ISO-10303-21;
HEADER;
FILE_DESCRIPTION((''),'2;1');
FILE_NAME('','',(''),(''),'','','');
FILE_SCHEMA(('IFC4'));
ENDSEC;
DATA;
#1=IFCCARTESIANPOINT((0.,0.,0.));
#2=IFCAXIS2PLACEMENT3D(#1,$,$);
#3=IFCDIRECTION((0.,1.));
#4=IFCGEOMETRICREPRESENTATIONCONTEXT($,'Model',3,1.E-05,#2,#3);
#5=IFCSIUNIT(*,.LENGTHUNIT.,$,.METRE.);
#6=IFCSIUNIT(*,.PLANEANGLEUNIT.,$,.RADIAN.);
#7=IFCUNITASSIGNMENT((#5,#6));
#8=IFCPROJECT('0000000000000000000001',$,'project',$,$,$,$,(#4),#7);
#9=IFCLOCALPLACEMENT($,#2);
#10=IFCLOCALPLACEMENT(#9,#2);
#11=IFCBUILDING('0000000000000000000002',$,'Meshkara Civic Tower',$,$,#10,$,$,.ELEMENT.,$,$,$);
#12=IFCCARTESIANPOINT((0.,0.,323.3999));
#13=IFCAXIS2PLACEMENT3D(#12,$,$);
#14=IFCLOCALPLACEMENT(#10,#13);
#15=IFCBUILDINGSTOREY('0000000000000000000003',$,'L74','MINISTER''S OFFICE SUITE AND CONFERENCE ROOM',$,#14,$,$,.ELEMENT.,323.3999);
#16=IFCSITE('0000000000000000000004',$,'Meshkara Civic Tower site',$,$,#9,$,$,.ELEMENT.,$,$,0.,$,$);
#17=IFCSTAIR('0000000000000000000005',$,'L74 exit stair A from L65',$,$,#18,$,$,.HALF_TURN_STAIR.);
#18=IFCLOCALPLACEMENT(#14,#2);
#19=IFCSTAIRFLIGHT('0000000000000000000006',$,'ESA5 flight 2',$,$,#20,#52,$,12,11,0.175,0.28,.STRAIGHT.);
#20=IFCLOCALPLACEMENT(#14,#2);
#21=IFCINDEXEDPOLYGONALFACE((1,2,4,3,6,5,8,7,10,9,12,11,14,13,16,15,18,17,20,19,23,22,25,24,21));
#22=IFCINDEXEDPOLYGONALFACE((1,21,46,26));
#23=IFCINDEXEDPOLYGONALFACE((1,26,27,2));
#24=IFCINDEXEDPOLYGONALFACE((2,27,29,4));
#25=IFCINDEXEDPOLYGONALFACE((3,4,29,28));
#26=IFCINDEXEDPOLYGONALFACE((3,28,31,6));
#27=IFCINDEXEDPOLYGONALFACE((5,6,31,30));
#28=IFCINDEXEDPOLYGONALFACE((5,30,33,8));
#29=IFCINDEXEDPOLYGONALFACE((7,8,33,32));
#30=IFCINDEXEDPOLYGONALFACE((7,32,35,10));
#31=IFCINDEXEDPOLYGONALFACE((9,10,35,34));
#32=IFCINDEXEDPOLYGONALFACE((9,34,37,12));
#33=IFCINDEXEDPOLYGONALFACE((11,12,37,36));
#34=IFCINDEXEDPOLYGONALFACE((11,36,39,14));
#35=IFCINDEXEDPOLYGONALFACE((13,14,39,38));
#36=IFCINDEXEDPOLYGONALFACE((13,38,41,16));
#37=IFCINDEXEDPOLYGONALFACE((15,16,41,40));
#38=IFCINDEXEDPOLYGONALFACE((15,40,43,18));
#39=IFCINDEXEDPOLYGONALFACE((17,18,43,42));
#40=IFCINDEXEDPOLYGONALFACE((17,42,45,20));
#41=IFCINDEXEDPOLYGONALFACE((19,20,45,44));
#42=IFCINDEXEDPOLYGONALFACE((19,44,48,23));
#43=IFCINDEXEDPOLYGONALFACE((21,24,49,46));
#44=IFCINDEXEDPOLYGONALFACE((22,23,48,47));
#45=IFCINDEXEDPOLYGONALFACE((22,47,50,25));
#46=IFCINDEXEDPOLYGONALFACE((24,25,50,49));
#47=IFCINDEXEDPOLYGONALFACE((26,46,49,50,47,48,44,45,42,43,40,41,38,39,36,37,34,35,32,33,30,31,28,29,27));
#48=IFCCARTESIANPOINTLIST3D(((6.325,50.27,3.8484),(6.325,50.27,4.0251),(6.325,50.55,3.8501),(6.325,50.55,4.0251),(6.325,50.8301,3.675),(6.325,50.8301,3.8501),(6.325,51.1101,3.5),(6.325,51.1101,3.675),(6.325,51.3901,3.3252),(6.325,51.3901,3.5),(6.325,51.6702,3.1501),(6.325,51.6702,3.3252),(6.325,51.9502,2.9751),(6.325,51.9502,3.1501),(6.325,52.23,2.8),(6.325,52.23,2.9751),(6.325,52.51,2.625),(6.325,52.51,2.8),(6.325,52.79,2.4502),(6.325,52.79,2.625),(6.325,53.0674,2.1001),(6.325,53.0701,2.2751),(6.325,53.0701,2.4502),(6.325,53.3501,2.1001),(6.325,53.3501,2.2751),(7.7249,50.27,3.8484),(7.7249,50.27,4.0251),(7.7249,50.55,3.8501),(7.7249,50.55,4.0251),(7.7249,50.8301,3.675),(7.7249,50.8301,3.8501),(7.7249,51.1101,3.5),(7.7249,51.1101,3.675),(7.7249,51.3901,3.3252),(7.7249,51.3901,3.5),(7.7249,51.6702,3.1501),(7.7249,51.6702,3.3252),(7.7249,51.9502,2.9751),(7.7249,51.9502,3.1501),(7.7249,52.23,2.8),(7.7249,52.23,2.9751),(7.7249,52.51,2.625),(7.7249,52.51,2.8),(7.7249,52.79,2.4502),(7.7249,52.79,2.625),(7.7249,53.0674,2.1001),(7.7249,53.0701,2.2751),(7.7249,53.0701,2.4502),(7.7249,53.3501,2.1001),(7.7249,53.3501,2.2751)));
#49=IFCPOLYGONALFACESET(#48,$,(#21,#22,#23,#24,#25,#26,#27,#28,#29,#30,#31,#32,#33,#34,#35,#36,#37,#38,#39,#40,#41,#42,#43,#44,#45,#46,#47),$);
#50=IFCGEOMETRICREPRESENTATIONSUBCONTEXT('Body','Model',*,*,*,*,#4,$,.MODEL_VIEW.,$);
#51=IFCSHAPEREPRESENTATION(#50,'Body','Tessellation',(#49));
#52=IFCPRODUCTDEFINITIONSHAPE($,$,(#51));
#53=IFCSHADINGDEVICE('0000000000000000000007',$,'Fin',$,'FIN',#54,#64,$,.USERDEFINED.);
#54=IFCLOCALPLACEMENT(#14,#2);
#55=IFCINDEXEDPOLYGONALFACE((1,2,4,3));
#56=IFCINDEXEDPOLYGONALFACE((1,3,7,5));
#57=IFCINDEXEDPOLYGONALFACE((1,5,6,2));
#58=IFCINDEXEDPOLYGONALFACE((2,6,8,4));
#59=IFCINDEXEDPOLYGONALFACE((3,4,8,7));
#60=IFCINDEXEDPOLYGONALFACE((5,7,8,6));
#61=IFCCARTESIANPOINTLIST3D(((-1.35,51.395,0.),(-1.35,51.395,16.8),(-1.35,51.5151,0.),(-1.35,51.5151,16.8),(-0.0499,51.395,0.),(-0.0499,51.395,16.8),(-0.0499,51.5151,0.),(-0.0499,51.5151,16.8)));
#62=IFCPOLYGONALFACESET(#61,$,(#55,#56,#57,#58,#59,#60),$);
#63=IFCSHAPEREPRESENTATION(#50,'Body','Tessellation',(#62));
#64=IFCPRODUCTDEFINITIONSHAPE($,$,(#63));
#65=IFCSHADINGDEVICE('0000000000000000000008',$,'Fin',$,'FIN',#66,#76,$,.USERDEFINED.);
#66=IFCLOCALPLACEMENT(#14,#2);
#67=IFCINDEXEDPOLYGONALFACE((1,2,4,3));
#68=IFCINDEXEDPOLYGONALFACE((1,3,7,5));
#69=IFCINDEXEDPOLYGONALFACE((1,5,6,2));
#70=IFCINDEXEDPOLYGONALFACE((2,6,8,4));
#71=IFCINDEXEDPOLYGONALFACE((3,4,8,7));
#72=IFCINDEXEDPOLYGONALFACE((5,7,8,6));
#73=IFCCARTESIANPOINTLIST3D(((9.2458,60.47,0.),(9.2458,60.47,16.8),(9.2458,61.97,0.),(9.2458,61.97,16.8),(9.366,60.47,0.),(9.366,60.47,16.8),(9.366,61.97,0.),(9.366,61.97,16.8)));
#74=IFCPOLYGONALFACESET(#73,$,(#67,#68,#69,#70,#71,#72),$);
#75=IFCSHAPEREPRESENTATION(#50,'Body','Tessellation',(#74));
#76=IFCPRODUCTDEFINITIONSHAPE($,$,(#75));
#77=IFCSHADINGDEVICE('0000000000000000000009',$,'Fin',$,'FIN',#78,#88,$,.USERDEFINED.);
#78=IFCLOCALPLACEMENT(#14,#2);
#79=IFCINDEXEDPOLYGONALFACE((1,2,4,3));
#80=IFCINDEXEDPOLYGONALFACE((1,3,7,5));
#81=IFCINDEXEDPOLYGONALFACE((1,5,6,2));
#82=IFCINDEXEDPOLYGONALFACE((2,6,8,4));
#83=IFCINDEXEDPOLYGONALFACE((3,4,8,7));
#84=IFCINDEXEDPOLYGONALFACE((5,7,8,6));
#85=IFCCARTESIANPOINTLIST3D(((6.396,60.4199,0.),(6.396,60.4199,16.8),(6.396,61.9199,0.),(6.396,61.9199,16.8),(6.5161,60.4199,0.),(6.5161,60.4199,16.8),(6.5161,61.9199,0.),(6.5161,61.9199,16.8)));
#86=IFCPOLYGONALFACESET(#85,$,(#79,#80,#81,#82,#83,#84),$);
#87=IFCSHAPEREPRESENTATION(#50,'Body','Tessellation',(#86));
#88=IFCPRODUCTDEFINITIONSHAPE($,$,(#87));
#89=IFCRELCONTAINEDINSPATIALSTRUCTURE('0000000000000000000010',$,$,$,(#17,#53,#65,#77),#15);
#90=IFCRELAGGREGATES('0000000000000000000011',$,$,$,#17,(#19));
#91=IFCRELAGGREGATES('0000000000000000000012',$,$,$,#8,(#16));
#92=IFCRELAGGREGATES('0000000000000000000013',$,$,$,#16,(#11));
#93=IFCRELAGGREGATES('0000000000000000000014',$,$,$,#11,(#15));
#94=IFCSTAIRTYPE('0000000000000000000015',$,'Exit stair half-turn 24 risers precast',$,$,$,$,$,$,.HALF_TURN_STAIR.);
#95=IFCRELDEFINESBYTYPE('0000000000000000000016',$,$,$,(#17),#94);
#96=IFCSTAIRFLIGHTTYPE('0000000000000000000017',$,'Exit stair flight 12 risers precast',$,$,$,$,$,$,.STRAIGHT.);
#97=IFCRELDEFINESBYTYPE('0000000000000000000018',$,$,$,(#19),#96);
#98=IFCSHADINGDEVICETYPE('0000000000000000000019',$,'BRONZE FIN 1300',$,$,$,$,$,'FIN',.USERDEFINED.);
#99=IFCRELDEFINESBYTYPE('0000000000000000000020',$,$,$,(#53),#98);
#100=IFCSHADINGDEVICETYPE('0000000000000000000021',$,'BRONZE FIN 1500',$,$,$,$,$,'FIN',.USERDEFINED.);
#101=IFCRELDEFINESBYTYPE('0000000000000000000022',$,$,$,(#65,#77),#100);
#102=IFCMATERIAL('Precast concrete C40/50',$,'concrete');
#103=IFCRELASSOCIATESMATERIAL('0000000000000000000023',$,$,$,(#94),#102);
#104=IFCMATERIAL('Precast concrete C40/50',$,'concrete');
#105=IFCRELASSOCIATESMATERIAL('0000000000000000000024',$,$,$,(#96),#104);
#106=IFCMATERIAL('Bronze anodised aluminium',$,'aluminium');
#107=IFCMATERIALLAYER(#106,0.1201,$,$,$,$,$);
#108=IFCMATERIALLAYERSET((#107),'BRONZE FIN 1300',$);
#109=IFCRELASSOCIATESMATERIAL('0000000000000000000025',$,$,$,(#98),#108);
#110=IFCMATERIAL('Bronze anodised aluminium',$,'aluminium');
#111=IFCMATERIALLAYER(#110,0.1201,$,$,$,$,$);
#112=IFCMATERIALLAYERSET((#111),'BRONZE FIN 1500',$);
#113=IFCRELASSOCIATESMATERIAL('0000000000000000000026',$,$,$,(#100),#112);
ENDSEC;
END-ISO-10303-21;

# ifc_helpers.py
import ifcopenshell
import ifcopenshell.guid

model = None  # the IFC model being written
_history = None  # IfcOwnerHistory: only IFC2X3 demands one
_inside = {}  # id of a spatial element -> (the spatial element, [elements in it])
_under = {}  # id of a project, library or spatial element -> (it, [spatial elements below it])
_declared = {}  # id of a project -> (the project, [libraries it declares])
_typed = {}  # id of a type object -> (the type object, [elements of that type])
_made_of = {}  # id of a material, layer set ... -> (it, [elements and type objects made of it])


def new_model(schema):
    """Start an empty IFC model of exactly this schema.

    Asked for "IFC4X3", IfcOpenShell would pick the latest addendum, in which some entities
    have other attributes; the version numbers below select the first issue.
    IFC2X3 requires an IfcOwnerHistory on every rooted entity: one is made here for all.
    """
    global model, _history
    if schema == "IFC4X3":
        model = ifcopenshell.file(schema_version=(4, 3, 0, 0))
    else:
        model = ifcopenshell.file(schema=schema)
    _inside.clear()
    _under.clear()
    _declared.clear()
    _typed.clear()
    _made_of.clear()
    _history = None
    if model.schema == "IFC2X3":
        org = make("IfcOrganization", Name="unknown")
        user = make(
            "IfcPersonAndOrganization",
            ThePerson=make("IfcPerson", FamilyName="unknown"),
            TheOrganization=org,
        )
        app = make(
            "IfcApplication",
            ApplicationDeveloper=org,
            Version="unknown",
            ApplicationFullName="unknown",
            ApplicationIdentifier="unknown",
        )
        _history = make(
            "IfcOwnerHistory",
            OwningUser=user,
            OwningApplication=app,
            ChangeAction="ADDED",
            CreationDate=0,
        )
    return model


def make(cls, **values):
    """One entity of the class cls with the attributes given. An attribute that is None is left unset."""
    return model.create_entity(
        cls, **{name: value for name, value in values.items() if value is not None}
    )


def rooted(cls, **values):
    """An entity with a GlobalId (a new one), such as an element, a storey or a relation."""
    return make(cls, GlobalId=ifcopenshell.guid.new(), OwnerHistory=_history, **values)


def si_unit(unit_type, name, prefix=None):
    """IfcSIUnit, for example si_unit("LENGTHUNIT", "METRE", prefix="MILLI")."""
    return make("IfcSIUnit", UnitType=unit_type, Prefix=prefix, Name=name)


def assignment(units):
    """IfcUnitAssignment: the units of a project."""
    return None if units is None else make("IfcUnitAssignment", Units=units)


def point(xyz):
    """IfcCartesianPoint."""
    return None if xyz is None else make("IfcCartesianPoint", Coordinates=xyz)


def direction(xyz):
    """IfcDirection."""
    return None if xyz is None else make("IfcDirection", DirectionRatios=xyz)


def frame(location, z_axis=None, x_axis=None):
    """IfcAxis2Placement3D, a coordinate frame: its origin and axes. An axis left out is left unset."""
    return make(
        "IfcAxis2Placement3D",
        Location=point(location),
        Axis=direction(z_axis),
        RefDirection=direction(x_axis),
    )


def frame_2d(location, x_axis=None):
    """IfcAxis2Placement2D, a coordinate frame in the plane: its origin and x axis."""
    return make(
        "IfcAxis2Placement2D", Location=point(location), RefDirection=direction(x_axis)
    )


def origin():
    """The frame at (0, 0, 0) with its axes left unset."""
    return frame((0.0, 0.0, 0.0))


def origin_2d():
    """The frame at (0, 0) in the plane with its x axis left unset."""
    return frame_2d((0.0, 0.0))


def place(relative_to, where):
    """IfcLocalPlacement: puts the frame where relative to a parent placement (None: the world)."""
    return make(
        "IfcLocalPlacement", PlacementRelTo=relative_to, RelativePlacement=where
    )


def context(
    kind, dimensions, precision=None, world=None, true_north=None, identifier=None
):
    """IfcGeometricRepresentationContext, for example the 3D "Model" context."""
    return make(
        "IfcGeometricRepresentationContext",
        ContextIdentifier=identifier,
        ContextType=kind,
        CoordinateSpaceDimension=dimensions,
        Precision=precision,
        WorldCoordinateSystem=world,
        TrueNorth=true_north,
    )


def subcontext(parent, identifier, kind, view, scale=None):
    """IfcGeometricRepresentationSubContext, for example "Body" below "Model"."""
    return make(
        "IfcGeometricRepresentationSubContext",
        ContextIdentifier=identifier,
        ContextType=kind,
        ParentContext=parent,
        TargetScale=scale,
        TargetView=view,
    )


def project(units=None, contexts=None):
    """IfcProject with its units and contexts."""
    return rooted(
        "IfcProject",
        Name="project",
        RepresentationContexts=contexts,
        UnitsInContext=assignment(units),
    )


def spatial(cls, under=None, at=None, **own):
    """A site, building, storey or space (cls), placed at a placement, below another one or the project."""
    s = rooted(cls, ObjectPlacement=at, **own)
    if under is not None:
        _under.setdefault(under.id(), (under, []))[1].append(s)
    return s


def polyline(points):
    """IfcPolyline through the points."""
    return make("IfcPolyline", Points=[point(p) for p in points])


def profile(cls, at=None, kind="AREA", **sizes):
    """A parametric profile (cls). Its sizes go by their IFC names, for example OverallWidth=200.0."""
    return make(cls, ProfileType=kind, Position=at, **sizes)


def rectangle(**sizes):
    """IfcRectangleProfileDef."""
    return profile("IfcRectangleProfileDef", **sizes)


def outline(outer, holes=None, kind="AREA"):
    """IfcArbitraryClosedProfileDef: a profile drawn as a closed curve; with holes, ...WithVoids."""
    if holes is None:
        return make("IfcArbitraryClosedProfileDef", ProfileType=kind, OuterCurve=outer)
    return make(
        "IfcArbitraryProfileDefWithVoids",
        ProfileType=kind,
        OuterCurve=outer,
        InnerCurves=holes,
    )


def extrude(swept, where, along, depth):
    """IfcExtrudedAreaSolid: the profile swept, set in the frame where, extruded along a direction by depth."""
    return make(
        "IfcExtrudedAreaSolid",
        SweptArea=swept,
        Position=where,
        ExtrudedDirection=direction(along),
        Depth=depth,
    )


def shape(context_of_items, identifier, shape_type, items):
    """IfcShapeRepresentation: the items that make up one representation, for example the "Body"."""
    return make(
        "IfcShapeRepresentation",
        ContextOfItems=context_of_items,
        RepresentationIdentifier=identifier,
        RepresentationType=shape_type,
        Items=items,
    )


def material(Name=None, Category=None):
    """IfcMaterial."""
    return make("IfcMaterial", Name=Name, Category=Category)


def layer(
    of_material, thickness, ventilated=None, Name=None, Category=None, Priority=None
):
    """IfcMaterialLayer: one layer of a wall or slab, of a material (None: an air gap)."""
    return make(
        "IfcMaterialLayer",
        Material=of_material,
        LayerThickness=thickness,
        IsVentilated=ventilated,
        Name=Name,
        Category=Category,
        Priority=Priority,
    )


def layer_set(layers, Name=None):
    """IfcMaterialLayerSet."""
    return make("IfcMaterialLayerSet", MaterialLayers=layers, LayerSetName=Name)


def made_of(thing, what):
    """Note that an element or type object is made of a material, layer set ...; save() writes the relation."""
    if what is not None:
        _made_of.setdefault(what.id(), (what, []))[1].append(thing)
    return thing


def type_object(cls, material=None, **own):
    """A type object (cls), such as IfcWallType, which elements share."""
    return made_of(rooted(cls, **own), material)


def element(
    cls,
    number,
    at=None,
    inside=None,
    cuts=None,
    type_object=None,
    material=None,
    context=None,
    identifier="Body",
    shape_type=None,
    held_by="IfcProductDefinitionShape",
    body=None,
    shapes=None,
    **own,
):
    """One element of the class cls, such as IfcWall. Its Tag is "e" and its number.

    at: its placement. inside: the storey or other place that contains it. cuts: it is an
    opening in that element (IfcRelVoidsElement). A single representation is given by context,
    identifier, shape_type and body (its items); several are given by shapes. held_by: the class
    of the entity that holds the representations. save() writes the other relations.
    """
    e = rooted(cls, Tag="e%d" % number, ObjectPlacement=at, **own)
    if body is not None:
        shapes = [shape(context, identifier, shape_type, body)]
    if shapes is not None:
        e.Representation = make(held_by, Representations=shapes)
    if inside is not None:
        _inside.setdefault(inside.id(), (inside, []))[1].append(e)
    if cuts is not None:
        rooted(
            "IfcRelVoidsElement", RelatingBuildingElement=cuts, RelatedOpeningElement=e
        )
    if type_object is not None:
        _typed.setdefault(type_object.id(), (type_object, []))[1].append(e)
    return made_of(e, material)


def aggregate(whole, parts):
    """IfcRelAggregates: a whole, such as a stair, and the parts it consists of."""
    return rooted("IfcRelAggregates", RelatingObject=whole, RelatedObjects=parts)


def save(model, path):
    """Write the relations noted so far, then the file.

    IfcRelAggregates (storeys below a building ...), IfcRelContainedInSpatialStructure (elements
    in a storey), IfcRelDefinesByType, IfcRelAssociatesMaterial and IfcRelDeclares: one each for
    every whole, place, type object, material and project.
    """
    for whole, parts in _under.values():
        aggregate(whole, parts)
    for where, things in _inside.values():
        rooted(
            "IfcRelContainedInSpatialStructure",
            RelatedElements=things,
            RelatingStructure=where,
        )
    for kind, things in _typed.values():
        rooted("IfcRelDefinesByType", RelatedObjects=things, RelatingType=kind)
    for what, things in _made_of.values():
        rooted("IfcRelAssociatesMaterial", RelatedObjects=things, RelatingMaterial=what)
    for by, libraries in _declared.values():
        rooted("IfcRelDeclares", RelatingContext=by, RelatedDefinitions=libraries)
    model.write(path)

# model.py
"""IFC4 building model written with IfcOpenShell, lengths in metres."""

from ifc_helpers import new_model, si_unit, direction, frame, origin, origin_2d, place, context, subcontext, project, spatial, polyline, rectangle, outline, extrude, material, layer, layer_set, type_object, element, aggregate, save


model = new_model("IFC4")

# Units and contexts
model_context = context("Model", 3, precision=1e-05, world=origin(), true_north=direction((0.0, 1.0)))
body_context = subcontext(model_context, "Body", "Model", "MODEL_VIEW")
ifc_project = project(units=[si_unit("LENGTHUNIT", "METRE"), si_unit("PLANEANGLEUNIT", "RADIAN")], contexts=[model_context])

# Site, building, storey
site_placement = place(None, origin())
site = spatial("IfcSite", under=ifc_project, at=site_placement, Name="Meshkara Civic Tower site", CompositionType="ELEMENT", RefElevation=0.0)
building_placement = place(site_placement, origin())
building = spatial("IfcBuilding", under=site, at=building_placement, Name="Meshkara Civic Tower", CompositionType="ELEMENT")
storey_placement = place(building_placement, frame((0.0, 0.0, 323.3999)))
storey = spatial("IfcBuildingStorey", under=building, at=storey_placement, Name="L74", Description="MINISTER'S OFFICE SUITE AND CONFERENCE ROOM", CompositionType="ELEMENT", Elevation=323.3999)

# Stair, stair flight
ifc_material_1 = material(Name="Precast concrete C40/50", Category="concrete")
stair_type = type_object("IfcStairType", Name="Exit stair half-turn 24 risers precast", PredefinedType="HALF_TURN_STAIR", material=ifc_material_1)
stair_placement = place(storey_placement, origin())
stair = element("IfcStair", 1, at=stair_placement, inside=storey, type_object=stair_type, Name="L74 exit stair A from L65", PredefinedType="HALF_TURN_STAIR")
ifc_material_2 = material(Name="Precast concrete C40/50", Category="concrete")
stair_flight_type = type_object("IfcStairFlightType", Name="Exit stair flight 12 risers precast", PredefinedType="STRAIGHT", material=ifc_material_2)
stair_flight_1_placement = place(storey_placement, frame((7.0249, 53.3501, 2.1001), z_axis=(0.0, 0.0, 1.0), x_axis=(0.0, -1.0, 0.0)))
stair_flight_1 = element("IfcStairFlight", 2, at=stair_flight_1_placement, type_object=stair_flight_type, Name="ESA5 flight 2", NumberOfRisers=12, NumberOfTreads=11, PredefinedType="STRAIGHT", RiserHeight=0.175, TreadLength=0.28, context=body_context, shape_type="SweptSolid", body=[
    extrude(outline(polyline([(0.0, 0.0), (0.0, 0.175), (0.28, 0.175), (0.28, 0.3501), (0.5601, 0.3501), (0.5601, 0.5249), (0.8401, 0.5249), (0.8401, 0.7), (1.1201, 0.7), (1.1201, 0.875), (1.3999, 0.875), (1.3999, 1.05), (1.6799, 1.05), (1.6799, 1.2251), (1.96, 1.2251), (1.96, 1.3999), (2.24, 1.3999), (2.24, 1.575), (2.52, 1.575), (2.52, 1.75), (2.8, 1.75), (2.8, 1.925), (3.0801, 1.925), (3.0801, 2.1001), (3.0801, 1.7483), (0.2827, 0.0), (0.0, 0.0)])), frame((0.0, 0.7, 0.0), z_axis=(0.0, -1.0, 0.0), x_axis=(1.0, 0.0, 0.0)), (0.0, 0.0, 1.0), 1.3999),
])
aggregate(stair, [stair_flight_1])

# Shading devices
ifc_material_3 = material(Name="Bronze anodised aluminium", Category="aluminium")
ifc_layer_1 = layer(ifc_material_3, 0.1201)
ifc_layer_set_1 = layer_set([ifc_layer_1], Name="BRONZE FIN 1300")
shading_device_type_1 = type_object("IfcShadingDeviceType", Name="BRONZE FIN 1300", ElementType="FIN", PredefinedType="USERDEFINED", material=ifc_layer_set_1)
shading_device_placement = place(storey_placement, frame((-0.7, 51.4551, 0.0), z_axis=(0.0, 0.0, 1.0), x_axis=(0.0, -1.0, 0.0)))
element("IfcShadingDevice", 3, at=shading_device_placement, inside=storey, type_object=shading_device_type_1, Name="Fin", ObjectType="FIN", PredefinedType="USERDEFINED", context=body_context, shape_type="SweptSolid", body=[
    extrude(rectangle(XDim=0.1201, YDim=1.3, at=origin_2d()), origin(), (0.0, 0.0, 1.0), 16.8),
])
ifc_material_4 = material(Name="Bronze anodised aluminium", Category="aluminium")
ifc_layer_2 = layer(ifc_material_4, 0.1201)
ifc_layer_set_2 = layer_set([ifc_layer_2], Name="BRONZE FIN 1500")
shading_device_type_2 = type_object("IfcShadingDeviceType", Name="BRONZE FIN 1500", ElementType="FIN", PredefinedType="USERDEFINED", material=ifc_layer_set_2)
for number, where, z_axis, x_axis, name in (
    (4, (9.3059, 61.22, 0.0), (0.0, 0.0, 1.0), (-1.0, 0.0, 0.0), "Fin"),
    (5, (6.4561, 61.1699, 0.0), (0.0, 0.0, 1.0), (-1.0, 0.0, 0.0), "Fin"),
):
    element("IfcShadingDevice", number, at=place(storey_placement, frame(where, z_axis=z_axis, x_axis=x_axis)), inside=storey, type_object=shading_device_type_2, Name=name, ObjectType="FIN", PredefinedType="USERDEFINED", context=body_context, shape_type="SweptSolid", body=[
        extrude(rectangle(XDim=0.1201, YDim=1.5, at=origin_2d()), origin(), (0.0, 0.0, 1.0), 16.8),
    ])

save(model, "model.ifc")
